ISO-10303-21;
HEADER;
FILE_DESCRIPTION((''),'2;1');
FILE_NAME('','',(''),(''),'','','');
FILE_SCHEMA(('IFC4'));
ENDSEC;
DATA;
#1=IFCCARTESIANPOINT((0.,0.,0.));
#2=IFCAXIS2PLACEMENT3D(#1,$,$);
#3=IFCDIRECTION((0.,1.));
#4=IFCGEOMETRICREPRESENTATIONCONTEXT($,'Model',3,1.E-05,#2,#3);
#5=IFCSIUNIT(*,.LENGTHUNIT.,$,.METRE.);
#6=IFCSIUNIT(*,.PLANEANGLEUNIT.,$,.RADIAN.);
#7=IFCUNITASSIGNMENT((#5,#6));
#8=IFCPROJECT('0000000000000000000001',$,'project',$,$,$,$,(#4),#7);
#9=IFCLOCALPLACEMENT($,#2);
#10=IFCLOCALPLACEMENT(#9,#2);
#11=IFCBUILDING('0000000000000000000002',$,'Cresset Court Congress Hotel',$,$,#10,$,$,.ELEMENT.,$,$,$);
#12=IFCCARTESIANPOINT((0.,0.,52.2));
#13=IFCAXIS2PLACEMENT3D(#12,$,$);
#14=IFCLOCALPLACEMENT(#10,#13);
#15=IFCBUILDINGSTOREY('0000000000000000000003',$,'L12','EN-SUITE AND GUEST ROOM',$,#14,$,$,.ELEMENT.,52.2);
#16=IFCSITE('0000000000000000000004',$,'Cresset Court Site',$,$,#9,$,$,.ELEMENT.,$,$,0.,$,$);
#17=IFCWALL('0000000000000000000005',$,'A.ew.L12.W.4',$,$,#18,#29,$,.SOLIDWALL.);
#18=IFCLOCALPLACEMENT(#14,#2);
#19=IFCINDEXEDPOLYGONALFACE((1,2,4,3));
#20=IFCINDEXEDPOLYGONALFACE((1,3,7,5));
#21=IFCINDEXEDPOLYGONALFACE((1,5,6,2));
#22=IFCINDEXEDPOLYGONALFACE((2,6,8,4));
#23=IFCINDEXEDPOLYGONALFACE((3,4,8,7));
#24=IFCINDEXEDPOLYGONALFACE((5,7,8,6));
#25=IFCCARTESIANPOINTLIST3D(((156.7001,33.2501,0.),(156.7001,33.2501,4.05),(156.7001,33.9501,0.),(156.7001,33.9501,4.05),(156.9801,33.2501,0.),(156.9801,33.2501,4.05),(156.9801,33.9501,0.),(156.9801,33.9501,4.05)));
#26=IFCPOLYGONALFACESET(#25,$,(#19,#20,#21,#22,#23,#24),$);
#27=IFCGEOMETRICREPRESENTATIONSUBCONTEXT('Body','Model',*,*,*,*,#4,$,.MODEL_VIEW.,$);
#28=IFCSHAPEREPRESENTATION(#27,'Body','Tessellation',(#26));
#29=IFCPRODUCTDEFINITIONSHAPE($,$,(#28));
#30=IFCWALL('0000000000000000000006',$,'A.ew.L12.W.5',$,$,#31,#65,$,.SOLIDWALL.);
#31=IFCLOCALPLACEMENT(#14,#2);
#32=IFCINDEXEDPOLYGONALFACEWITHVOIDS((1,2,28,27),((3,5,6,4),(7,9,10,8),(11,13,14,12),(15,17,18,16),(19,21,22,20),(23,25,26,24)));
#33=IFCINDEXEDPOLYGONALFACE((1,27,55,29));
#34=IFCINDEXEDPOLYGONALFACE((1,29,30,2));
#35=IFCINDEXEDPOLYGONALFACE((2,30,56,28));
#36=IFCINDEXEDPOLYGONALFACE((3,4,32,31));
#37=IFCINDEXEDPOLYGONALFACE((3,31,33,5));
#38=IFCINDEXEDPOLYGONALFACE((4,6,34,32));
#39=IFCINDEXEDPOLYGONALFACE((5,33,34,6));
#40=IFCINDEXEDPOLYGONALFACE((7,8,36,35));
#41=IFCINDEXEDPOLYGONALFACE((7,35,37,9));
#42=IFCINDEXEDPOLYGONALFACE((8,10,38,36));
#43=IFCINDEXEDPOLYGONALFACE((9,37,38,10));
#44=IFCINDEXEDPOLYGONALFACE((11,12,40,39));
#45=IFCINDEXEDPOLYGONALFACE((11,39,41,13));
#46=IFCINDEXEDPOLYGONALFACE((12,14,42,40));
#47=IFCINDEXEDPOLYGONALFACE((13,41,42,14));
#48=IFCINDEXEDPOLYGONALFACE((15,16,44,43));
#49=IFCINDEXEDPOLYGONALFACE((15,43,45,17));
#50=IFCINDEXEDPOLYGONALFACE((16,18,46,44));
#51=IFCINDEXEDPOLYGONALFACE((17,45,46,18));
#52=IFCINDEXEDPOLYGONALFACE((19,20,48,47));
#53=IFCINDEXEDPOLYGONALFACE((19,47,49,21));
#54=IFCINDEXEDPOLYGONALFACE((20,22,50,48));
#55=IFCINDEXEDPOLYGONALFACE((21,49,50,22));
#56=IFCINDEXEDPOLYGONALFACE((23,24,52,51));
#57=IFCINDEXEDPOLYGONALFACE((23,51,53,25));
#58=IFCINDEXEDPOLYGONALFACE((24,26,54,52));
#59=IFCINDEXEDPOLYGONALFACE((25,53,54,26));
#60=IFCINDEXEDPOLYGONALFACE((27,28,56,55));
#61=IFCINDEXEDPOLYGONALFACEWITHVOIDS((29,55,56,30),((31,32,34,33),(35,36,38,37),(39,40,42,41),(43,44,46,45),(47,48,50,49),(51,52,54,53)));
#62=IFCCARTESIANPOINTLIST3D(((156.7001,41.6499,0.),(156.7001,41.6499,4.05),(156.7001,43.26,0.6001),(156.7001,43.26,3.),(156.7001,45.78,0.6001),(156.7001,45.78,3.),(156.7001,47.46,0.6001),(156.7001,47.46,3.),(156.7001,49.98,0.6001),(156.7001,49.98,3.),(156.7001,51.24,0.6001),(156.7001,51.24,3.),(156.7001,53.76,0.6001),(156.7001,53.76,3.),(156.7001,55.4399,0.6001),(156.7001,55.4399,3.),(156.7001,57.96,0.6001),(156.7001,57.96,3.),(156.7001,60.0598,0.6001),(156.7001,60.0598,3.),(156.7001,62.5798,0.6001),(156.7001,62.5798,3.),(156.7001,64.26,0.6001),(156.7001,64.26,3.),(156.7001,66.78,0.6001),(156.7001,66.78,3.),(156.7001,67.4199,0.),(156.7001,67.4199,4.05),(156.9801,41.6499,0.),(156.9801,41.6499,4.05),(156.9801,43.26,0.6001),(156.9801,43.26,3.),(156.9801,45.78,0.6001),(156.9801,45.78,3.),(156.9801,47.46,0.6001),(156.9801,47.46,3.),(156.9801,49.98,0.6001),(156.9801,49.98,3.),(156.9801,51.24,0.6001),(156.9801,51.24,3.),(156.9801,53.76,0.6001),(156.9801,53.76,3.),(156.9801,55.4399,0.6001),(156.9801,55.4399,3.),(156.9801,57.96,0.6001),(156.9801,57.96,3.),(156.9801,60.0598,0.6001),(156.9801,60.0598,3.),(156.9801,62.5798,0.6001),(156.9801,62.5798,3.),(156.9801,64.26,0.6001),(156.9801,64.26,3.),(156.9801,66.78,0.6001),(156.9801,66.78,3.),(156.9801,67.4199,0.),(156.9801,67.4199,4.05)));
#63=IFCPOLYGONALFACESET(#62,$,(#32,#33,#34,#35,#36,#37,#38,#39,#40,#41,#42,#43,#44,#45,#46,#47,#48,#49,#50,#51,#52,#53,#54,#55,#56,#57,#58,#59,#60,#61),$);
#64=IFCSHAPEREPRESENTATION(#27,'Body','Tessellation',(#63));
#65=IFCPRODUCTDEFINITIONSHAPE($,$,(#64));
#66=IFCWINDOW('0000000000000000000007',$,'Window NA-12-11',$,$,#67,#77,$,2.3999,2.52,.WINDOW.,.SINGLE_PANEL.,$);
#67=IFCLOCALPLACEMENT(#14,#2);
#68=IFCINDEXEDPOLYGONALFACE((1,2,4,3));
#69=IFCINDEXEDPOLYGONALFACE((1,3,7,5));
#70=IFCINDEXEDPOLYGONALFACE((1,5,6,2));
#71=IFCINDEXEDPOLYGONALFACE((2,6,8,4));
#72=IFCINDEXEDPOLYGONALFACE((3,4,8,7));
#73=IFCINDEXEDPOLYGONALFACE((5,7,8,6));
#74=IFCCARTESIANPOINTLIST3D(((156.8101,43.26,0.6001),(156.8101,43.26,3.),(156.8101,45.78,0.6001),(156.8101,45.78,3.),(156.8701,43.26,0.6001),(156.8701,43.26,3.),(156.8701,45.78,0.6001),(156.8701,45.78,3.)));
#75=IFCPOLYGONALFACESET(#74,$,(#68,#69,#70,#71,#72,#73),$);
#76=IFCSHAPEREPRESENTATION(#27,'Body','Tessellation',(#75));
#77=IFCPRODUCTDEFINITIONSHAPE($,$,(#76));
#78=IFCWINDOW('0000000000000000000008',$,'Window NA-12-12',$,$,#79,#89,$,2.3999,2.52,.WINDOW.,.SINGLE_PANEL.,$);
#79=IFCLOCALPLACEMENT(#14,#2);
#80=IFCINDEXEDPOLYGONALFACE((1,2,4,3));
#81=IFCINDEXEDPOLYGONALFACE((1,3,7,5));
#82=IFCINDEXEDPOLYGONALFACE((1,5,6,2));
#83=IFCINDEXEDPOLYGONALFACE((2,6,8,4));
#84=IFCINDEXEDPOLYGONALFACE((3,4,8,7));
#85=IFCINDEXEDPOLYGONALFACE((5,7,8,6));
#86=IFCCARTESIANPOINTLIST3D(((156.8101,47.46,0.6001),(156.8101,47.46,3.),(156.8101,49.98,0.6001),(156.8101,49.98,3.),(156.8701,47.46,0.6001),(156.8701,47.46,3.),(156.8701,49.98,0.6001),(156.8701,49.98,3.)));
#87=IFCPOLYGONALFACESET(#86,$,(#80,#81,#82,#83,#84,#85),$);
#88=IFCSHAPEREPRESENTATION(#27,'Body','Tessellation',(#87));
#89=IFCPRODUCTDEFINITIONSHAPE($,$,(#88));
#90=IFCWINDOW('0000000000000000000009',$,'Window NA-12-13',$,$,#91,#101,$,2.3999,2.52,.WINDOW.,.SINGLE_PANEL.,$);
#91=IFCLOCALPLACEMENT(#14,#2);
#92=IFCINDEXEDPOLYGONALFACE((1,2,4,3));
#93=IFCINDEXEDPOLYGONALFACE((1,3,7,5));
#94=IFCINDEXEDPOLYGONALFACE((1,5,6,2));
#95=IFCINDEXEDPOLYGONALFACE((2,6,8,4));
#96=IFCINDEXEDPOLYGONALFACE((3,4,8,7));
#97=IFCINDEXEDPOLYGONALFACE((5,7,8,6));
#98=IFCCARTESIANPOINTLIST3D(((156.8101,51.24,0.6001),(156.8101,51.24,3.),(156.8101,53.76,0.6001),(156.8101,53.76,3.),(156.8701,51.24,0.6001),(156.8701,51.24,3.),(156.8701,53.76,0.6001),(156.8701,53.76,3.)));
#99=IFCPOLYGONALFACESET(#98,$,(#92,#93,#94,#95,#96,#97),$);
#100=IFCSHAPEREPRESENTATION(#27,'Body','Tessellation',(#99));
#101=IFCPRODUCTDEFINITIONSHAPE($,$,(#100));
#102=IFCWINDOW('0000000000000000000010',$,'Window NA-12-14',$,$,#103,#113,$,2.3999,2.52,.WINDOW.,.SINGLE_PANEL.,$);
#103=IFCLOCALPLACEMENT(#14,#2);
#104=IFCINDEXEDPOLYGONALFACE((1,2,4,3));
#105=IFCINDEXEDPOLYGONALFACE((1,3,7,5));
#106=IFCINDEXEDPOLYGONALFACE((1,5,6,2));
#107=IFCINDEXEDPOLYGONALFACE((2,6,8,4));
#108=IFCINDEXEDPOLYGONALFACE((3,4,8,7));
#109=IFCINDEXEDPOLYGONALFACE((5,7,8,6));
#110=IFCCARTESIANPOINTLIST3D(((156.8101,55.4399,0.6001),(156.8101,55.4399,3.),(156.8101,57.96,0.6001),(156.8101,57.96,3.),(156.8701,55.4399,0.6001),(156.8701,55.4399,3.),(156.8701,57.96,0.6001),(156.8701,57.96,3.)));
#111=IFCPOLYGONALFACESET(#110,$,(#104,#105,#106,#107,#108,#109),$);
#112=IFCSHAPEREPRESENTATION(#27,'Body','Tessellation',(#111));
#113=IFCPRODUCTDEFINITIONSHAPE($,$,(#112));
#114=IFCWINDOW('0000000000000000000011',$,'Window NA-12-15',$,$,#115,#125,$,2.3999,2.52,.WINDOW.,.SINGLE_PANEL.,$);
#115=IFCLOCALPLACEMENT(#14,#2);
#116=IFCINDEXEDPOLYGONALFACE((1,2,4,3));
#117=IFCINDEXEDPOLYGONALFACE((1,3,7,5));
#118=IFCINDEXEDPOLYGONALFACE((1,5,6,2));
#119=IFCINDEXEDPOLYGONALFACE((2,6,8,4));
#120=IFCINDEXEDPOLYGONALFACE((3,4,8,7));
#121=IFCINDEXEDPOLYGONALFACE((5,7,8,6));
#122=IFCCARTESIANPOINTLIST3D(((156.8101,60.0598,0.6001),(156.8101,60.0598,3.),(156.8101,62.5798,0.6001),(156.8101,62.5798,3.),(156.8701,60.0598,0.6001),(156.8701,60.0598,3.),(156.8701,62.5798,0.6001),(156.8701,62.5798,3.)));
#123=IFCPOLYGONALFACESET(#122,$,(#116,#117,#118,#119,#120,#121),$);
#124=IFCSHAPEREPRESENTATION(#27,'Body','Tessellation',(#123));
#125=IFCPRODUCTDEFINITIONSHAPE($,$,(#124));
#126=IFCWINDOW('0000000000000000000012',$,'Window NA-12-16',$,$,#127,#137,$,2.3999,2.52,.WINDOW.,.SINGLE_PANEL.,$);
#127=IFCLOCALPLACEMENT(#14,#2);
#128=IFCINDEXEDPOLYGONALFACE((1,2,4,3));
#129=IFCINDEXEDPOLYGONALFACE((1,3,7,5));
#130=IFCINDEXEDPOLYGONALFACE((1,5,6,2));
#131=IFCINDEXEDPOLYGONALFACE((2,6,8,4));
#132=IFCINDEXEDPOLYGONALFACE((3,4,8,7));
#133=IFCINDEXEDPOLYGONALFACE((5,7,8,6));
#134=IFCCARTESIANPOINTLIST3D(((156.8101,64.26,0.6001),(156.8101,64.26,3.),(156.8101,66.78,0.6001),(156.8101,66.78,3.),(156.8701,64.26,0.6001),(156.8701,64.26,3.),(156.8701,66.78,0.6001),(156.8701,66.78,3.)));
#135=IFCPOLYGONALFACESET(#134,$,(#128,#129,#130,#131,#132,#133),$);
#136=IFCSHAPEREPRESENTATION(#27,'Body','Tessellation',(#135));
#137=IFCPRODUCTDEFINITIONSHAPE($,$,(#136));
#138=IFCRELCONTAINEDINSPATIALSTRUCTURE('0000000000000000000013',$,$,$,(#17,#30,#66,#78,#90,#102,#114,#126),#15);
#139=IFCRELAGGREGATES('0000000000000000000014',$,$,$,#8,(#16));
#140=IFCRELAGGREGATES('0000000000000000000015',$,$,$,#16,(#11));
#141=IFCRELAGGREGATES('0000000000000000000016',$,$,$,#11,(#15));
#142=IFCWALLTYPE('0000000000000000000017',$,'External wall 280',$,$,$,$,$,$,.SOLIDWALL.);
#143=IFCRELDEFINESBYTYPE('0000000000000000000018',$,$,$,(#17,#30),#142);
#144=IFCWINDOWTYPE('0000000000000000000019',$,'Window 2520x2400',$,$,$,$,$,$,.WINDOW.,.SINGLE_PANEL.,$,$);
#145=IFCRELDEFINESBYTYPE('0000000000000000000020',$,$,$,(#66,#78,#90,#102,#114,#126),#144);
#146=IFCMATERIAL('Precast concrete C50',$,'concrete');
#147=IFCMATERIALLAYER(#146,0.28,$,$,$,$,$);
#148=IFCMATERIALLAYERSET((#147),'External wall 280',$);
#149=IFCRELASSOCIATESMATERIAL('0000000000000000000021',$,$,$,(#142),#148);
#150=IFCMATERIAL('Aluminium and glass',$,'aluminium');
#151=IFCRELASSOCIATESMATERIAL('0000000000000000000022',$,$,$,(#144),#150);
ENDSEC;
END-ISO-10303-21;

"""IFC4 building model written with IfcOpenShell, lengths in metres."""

from ifc_helpers import new_model, si_unit, direction, frame, frame_2d, origin, place, context, subcontext, project, spatial, rectangle, extrude, material, layer, layer_set, type_object, element, fill, save


model = new_model("IFC4")

# Units and contexts
model_context = context("Model", 3, precision=1e-05, world=origin(), true_north=direction((0.0, 1.0)))
body_context = subcontext(model_context, "Body", "Model", "MODEL_VIEW")
ifc_project = project(units=[si_unit("LENGTHUNIT", "METRE"), si_unit("PLANEANGLEUNIT", "RADIAN")], contexts=[model_context])

# Site, building, storey
site_placement = place(None, origin())
site = spatial("IfcSite", under=ifc_project, at=site_placement, Name="Cresset Court Site", CompositionType="ELEMENT", RefElevation=0.0)
building_placement = place(site_placement, origin())
building = spatial("IfcBuilding", under=site, at=building_placement, Name="Cresset Court Congress Hotel", CompositionType="ELEMENT")
storey_placement = place(building_placement, frame((0.0, 0.0, 52.2)))
storey = spatial("IfcBuildingStorey", under=building, at=storey_placement, Name="L12", Description="EN-SUITE AND GUEST ROOM", CompositionType="ELEMENT", Elevation=52.2)

# Shared definitions
ifc_material_1 = material(Name="Precast concrete C50", Category="concrete")
ifc_layer_1 = layer(ifc_material_1, 0.28)
ifc_layer_set_1 = layer_set([ifc_layer_1], Name="External wall 280")
wall_type_1 = type_object("IfcWallType", Name="External wall 280", PredefinedType="SOLIDWALL", material=ifc_layer_set_1)

# Shared definitions
ifc_material_2 = material(Name="Aluminium and glass", Category="aluminium")
window_type_1 = type_object("IfcWindowType", Name="Window 2520x2400", PartitioningType="SINGLE_PANEL", PredefinedType="WINDOW", material=ifc_material_2)

# Wall
wall_1_placement = place(storey_placement, frame((156.8401, 33.25, 0.0), z_axis=(0.0, 0.0, 1.0), x_axis=(0.0, 1.0, 0.0)))
element("IfcWall", 1, at=wall_1_placement, inside=storey, type_object=wall_type_1, Name="A.ew.L12.W.4", PredefinedType="SOLIDWALL", context=body_context, shape_type="SweptSolid", body=[
    extrude(rectangle(XDim=0.7, YDim=0.28, at=frame_2d((0.3501, 0.0))), origin(), (0.0, 0.0, 1.0), 4.05),
])

# Wall, openings, windows
wall_2_placement = place(storey_placement, frame((156.8401, 41.6499, 0.0), z_axis=(0.0, 0.0, 1.0), x_axis=(0.0, 1.0, 0.0)))
wall_2 = element("IfcWall", 2, at=wall_2_placement, inside=storey, type_object=wall_type_1, Name="A.ew.L12.W.5", PredefinedType="SOLIDWALL", context=body_context, shape_type="SweptSolid", body=[
    extrude(rectangle(XDim=25.77, YDim=0.28, at=frame_2d((12.885, 0.0))), origin(), (0.0, 0.0, 1.0), 4.05),
])
opening_1_placement = place(wall_2_placement, frame((1.6101, 0.0, 0.6001)))
opening_1 = element("IfcOpeningElement", 3, at=opening_1_placement, cuts=wall_2, PredefinedType="OPENING", context=body_context, shape_type="SweptSolid", body=[
    extrude(rectangle(XDim=2.52, YDim=2.3999, at=frame_2d((1.26, 1.2))), frame((0.0, 0.1499, 0.0), z_axis=(0.0, -1.0, 0.0), x_axis=(1.0, 0.0, 0.0)), (0.0, 0.0, 1.0), 0.3),
])
opening_2_placement = place(wall_2_placement, frame((5.8101, 0.0, 0.6001)))
opening_2 = element("IfcOpeningElement", 4, at=opening_2_placement, cuts=wall_2, PredefinedType="OPENING", context=body_context, shape_type="SweptSolid", body=[
    extrude(rectangle(XDim=2.52, YDim=2.3999, at=frame_2d((1.26, 1.2))), frame((0.0, 0.1499, 0.0), z_axis=(0.0, -1.0, 0.0), x_axis=(1.0, 0.0, 0.0)), (0.0, 0.0, 1.0), 0.3),
])
opening_3_placement = place(wall_2_placement, frame((9.5901, 0.0, 0.6001)))
opening_3 = element("IfcOpeningElement", 5, at=opening_3_placement, cuts=wall_2, PredefinedType="OPENING", context=body_context, shape_type="SweptSolid", body=[
    extrude(rectangle(XDim=2.52, YDim=2.3999, at=frame_2d((1.26, 1.2))), frame((0.0, 0.1499, 0.0), z_axis=(0.0, -1.0, 0.0), x_axis=(1.0, 0.0, 0.0)), (0.0, 0.0, 1.0), 0.3),
])
opening_4_placement = place(wall_2_placement, frame((13.79, 0.0, 0.6001)))
opening_4 = element("IfcOpeningElement", 6, at=opening_4_placement, cuts=wall_2, PredefinedType="OPENING", context=body_context, shape_type="SweptSolid", body=[
    extrude(rectangle(XDim=2.52, YDim=2.3999, at=frame_2d((1.26, 1.2))), frame((0.0, 0.1499, 0.0), z_axis=(0.0, -1.0, 0.0), x_axis=(1.0, 0.0, 0.0)), (0.0, 0.0, 1.0), 0.3),
])
opening_5_placement = place(wall_2_placement, frame((18.4099, 0.0, 0.6001)))
opening_5 = element("IfcOpeningElement", 7, at=opening_5_placement, cuts=wall_2, PredefinedType="OPENING", context=body_context, shape_type="SweptSolid", body=[
    extrude(rectangle(XDim=2.52, YDim=2.3999, at=frame_2d((1.26, 1.2))), frame((0.0, 0.1499, 0.0), z_axis=(0.0, -1.0, 0.0), x_axis=(1.0, 0.0, 0.0)), (0.0, 0.0, 1.0), 0.3),
])
opening_6_placement = place(wall_2_placement, frame((22.6101, 0.0, 0.6001)))
opening_6 = element("IfcOpeningElement", 8, at=opening_6_placement, cuts=wall_2, PredefinedType="OPENING", context=body_context, shape_type="SweptSolid", body=[
    extrude(rectangle(XDim=2.52, YDim=2.3999, at=frame_2d((1.26, 1.2))), frame((0.0, 0.1499, 0.0), z_axis=(0.0, -1.0, 0.0), x_axis=(1.0, 0.0, 0.0)), (0.0, 0.0, 1.0), 0.3),
])
window_1_placement = place(opening_1_placement, origin())
window_1 = element("IfcWindow", 9, at=window_1_placement, inside=storey, type_object=window_type_1, Name="Window NA-12-11", OverallHeight=2.3999, OverallWidth=2.52, PartitioningType="SINGLE_PANEL", PredefinedType="WINDOW", context=body_context, shape_type="SweptSolid", body=[
    extrude(rectangle(XDim=2.52, YDim=2.3999, at=frame_2d((1.26, 1.2))), frame((0.0, 0.03, 0.0), z_axis=(0.0, -1.0, 0.0), x_axis=(1.0, 0.0, 0.0)), (0.0, 0.0, 1.0), 0.0601),
])
fill(opening_1, window_1)
window_2_placement = place(opening_2_placement, origin())
window_2 = element("IfcWindow", 10, at=window_2_placement, inside=storey, type_object=window_type_1, Name="Window NA-12-12", OverallHeight=2.3999, OverallWidth=2.52, PartitioningType="SINGLE_PANEL", PredefinedType="WINDOW", context=body_context, shape_type="SweptSolid", body=[
    extrude(rectangle(XDim=2.52, YDim=2.3999, at=frame_2d((1.26, 1.2))), frame((0.0, 0.03, 0.0), z_axis=(0.0, -1.0, 0.0), x_axis=(1.0, 0.0, 0.0)), (0.0, 0.0, 1.0), 0.0601),
])
fill(opening_2, window_2)
window_3_placement = place(opening_3_placement, origin())
window_3 = element("IfcWindow", 11, at=window_3_placement, inside=storey, type_object=window_type_1, Name="Window NA-12-13", OverallHeight=2.3999, OverallWidth=2.52, PartitioningType="SINGLE_PANEL", PredefinedType="WINDOW", context=body_context, shape_type="SweptSolid", body=[
    extrude(rectangle(XDim=2.52, YDim=2.3999, at=frame_2d((1.26, 1.2))), frame((0.0, 0.03, 0.0), z_axis=(0.0, -1.0, 0.0), x_axis=(1.0, 0.0, 0.0)), (0.0, 0.0, 1.0), 0.0601),
])
fill(opening_3, window_3)
window_4_placement = place(opening_4_placement, origin())
window_4 = element("IfcWindow", 12, at=window_4_placement, inside=storey, type_object=window_type_1, Name="Window NA-12-14", OverallHeight=2.3999, OverallWidth=2.52, PartitioningType="SINGLE_PANEL", PredefinedType="WINDOW", context=body_context, shape_type="SweptSolid", body=[
    extrude(rectangle(XDim=2.52, YDim=2.3999, at=frame_2d((1.26, 1.2))), frame((0.0, 0.03, 0.0), z_axis=(0.0, -1.0, 0.0), x_axis=(1.0, 0.0, 0.0)), (0.0, 0.0, 1.0), 0.0601),
])
fill(opening_4, window_4)
window_5_placement = place(opening_5_placement, origin())
window_5 = element("IfcWindow", 13, at=window_5_placement, inside=storey, type_object=window_type_1, Name="Window NA-12-15", OverallHeight=2.3999, OverallWidth=2.52, PartitioningType="SINGLE_PANEL", PredefinedType="WINDOW", context=body_context, shape_type="SweptSolid", body=[
    extrude(rectangle(XDim=2.52, YDim=2.3999, at=frame_2d((1.26, 1.2))), frame((0.0, 0.03, 0.0), z_axis=(0.0, -1.0, 0.0), x_axis=(1.0, 0.0, 0.0)), (0.0, 0.0, 1.0), 0.0601),
])
fill(opening_5, window_5)
window_6_placement = place(opening_6_placement, origin())
window_6 = element("IfcWindow", 14, at=window_6_placement, inside=storey, type_object=window_type_1, Name="Window NA-12-16", OverallHeight=2.3999, OverallWidth=2.52, PartitioningType="SINGLE_PANEL", PredefinedType="WINDOW", context=body_context, shape_type="SweptSolid", body=[
    extrude(rectangle(XDim=2.52, YDim=2.3999, at=frame_2d((1.26, 1.2))), frame((0.0, 0.03, 0.0), z_axis=(0.0, -1.0, 0.0), x_axis=(1.0, 0.0, 0.0)), (0.0, 0.0, 1.0), 0.0601),
])
fill(opening_6, window_6)

save(model, "model.ifc")
